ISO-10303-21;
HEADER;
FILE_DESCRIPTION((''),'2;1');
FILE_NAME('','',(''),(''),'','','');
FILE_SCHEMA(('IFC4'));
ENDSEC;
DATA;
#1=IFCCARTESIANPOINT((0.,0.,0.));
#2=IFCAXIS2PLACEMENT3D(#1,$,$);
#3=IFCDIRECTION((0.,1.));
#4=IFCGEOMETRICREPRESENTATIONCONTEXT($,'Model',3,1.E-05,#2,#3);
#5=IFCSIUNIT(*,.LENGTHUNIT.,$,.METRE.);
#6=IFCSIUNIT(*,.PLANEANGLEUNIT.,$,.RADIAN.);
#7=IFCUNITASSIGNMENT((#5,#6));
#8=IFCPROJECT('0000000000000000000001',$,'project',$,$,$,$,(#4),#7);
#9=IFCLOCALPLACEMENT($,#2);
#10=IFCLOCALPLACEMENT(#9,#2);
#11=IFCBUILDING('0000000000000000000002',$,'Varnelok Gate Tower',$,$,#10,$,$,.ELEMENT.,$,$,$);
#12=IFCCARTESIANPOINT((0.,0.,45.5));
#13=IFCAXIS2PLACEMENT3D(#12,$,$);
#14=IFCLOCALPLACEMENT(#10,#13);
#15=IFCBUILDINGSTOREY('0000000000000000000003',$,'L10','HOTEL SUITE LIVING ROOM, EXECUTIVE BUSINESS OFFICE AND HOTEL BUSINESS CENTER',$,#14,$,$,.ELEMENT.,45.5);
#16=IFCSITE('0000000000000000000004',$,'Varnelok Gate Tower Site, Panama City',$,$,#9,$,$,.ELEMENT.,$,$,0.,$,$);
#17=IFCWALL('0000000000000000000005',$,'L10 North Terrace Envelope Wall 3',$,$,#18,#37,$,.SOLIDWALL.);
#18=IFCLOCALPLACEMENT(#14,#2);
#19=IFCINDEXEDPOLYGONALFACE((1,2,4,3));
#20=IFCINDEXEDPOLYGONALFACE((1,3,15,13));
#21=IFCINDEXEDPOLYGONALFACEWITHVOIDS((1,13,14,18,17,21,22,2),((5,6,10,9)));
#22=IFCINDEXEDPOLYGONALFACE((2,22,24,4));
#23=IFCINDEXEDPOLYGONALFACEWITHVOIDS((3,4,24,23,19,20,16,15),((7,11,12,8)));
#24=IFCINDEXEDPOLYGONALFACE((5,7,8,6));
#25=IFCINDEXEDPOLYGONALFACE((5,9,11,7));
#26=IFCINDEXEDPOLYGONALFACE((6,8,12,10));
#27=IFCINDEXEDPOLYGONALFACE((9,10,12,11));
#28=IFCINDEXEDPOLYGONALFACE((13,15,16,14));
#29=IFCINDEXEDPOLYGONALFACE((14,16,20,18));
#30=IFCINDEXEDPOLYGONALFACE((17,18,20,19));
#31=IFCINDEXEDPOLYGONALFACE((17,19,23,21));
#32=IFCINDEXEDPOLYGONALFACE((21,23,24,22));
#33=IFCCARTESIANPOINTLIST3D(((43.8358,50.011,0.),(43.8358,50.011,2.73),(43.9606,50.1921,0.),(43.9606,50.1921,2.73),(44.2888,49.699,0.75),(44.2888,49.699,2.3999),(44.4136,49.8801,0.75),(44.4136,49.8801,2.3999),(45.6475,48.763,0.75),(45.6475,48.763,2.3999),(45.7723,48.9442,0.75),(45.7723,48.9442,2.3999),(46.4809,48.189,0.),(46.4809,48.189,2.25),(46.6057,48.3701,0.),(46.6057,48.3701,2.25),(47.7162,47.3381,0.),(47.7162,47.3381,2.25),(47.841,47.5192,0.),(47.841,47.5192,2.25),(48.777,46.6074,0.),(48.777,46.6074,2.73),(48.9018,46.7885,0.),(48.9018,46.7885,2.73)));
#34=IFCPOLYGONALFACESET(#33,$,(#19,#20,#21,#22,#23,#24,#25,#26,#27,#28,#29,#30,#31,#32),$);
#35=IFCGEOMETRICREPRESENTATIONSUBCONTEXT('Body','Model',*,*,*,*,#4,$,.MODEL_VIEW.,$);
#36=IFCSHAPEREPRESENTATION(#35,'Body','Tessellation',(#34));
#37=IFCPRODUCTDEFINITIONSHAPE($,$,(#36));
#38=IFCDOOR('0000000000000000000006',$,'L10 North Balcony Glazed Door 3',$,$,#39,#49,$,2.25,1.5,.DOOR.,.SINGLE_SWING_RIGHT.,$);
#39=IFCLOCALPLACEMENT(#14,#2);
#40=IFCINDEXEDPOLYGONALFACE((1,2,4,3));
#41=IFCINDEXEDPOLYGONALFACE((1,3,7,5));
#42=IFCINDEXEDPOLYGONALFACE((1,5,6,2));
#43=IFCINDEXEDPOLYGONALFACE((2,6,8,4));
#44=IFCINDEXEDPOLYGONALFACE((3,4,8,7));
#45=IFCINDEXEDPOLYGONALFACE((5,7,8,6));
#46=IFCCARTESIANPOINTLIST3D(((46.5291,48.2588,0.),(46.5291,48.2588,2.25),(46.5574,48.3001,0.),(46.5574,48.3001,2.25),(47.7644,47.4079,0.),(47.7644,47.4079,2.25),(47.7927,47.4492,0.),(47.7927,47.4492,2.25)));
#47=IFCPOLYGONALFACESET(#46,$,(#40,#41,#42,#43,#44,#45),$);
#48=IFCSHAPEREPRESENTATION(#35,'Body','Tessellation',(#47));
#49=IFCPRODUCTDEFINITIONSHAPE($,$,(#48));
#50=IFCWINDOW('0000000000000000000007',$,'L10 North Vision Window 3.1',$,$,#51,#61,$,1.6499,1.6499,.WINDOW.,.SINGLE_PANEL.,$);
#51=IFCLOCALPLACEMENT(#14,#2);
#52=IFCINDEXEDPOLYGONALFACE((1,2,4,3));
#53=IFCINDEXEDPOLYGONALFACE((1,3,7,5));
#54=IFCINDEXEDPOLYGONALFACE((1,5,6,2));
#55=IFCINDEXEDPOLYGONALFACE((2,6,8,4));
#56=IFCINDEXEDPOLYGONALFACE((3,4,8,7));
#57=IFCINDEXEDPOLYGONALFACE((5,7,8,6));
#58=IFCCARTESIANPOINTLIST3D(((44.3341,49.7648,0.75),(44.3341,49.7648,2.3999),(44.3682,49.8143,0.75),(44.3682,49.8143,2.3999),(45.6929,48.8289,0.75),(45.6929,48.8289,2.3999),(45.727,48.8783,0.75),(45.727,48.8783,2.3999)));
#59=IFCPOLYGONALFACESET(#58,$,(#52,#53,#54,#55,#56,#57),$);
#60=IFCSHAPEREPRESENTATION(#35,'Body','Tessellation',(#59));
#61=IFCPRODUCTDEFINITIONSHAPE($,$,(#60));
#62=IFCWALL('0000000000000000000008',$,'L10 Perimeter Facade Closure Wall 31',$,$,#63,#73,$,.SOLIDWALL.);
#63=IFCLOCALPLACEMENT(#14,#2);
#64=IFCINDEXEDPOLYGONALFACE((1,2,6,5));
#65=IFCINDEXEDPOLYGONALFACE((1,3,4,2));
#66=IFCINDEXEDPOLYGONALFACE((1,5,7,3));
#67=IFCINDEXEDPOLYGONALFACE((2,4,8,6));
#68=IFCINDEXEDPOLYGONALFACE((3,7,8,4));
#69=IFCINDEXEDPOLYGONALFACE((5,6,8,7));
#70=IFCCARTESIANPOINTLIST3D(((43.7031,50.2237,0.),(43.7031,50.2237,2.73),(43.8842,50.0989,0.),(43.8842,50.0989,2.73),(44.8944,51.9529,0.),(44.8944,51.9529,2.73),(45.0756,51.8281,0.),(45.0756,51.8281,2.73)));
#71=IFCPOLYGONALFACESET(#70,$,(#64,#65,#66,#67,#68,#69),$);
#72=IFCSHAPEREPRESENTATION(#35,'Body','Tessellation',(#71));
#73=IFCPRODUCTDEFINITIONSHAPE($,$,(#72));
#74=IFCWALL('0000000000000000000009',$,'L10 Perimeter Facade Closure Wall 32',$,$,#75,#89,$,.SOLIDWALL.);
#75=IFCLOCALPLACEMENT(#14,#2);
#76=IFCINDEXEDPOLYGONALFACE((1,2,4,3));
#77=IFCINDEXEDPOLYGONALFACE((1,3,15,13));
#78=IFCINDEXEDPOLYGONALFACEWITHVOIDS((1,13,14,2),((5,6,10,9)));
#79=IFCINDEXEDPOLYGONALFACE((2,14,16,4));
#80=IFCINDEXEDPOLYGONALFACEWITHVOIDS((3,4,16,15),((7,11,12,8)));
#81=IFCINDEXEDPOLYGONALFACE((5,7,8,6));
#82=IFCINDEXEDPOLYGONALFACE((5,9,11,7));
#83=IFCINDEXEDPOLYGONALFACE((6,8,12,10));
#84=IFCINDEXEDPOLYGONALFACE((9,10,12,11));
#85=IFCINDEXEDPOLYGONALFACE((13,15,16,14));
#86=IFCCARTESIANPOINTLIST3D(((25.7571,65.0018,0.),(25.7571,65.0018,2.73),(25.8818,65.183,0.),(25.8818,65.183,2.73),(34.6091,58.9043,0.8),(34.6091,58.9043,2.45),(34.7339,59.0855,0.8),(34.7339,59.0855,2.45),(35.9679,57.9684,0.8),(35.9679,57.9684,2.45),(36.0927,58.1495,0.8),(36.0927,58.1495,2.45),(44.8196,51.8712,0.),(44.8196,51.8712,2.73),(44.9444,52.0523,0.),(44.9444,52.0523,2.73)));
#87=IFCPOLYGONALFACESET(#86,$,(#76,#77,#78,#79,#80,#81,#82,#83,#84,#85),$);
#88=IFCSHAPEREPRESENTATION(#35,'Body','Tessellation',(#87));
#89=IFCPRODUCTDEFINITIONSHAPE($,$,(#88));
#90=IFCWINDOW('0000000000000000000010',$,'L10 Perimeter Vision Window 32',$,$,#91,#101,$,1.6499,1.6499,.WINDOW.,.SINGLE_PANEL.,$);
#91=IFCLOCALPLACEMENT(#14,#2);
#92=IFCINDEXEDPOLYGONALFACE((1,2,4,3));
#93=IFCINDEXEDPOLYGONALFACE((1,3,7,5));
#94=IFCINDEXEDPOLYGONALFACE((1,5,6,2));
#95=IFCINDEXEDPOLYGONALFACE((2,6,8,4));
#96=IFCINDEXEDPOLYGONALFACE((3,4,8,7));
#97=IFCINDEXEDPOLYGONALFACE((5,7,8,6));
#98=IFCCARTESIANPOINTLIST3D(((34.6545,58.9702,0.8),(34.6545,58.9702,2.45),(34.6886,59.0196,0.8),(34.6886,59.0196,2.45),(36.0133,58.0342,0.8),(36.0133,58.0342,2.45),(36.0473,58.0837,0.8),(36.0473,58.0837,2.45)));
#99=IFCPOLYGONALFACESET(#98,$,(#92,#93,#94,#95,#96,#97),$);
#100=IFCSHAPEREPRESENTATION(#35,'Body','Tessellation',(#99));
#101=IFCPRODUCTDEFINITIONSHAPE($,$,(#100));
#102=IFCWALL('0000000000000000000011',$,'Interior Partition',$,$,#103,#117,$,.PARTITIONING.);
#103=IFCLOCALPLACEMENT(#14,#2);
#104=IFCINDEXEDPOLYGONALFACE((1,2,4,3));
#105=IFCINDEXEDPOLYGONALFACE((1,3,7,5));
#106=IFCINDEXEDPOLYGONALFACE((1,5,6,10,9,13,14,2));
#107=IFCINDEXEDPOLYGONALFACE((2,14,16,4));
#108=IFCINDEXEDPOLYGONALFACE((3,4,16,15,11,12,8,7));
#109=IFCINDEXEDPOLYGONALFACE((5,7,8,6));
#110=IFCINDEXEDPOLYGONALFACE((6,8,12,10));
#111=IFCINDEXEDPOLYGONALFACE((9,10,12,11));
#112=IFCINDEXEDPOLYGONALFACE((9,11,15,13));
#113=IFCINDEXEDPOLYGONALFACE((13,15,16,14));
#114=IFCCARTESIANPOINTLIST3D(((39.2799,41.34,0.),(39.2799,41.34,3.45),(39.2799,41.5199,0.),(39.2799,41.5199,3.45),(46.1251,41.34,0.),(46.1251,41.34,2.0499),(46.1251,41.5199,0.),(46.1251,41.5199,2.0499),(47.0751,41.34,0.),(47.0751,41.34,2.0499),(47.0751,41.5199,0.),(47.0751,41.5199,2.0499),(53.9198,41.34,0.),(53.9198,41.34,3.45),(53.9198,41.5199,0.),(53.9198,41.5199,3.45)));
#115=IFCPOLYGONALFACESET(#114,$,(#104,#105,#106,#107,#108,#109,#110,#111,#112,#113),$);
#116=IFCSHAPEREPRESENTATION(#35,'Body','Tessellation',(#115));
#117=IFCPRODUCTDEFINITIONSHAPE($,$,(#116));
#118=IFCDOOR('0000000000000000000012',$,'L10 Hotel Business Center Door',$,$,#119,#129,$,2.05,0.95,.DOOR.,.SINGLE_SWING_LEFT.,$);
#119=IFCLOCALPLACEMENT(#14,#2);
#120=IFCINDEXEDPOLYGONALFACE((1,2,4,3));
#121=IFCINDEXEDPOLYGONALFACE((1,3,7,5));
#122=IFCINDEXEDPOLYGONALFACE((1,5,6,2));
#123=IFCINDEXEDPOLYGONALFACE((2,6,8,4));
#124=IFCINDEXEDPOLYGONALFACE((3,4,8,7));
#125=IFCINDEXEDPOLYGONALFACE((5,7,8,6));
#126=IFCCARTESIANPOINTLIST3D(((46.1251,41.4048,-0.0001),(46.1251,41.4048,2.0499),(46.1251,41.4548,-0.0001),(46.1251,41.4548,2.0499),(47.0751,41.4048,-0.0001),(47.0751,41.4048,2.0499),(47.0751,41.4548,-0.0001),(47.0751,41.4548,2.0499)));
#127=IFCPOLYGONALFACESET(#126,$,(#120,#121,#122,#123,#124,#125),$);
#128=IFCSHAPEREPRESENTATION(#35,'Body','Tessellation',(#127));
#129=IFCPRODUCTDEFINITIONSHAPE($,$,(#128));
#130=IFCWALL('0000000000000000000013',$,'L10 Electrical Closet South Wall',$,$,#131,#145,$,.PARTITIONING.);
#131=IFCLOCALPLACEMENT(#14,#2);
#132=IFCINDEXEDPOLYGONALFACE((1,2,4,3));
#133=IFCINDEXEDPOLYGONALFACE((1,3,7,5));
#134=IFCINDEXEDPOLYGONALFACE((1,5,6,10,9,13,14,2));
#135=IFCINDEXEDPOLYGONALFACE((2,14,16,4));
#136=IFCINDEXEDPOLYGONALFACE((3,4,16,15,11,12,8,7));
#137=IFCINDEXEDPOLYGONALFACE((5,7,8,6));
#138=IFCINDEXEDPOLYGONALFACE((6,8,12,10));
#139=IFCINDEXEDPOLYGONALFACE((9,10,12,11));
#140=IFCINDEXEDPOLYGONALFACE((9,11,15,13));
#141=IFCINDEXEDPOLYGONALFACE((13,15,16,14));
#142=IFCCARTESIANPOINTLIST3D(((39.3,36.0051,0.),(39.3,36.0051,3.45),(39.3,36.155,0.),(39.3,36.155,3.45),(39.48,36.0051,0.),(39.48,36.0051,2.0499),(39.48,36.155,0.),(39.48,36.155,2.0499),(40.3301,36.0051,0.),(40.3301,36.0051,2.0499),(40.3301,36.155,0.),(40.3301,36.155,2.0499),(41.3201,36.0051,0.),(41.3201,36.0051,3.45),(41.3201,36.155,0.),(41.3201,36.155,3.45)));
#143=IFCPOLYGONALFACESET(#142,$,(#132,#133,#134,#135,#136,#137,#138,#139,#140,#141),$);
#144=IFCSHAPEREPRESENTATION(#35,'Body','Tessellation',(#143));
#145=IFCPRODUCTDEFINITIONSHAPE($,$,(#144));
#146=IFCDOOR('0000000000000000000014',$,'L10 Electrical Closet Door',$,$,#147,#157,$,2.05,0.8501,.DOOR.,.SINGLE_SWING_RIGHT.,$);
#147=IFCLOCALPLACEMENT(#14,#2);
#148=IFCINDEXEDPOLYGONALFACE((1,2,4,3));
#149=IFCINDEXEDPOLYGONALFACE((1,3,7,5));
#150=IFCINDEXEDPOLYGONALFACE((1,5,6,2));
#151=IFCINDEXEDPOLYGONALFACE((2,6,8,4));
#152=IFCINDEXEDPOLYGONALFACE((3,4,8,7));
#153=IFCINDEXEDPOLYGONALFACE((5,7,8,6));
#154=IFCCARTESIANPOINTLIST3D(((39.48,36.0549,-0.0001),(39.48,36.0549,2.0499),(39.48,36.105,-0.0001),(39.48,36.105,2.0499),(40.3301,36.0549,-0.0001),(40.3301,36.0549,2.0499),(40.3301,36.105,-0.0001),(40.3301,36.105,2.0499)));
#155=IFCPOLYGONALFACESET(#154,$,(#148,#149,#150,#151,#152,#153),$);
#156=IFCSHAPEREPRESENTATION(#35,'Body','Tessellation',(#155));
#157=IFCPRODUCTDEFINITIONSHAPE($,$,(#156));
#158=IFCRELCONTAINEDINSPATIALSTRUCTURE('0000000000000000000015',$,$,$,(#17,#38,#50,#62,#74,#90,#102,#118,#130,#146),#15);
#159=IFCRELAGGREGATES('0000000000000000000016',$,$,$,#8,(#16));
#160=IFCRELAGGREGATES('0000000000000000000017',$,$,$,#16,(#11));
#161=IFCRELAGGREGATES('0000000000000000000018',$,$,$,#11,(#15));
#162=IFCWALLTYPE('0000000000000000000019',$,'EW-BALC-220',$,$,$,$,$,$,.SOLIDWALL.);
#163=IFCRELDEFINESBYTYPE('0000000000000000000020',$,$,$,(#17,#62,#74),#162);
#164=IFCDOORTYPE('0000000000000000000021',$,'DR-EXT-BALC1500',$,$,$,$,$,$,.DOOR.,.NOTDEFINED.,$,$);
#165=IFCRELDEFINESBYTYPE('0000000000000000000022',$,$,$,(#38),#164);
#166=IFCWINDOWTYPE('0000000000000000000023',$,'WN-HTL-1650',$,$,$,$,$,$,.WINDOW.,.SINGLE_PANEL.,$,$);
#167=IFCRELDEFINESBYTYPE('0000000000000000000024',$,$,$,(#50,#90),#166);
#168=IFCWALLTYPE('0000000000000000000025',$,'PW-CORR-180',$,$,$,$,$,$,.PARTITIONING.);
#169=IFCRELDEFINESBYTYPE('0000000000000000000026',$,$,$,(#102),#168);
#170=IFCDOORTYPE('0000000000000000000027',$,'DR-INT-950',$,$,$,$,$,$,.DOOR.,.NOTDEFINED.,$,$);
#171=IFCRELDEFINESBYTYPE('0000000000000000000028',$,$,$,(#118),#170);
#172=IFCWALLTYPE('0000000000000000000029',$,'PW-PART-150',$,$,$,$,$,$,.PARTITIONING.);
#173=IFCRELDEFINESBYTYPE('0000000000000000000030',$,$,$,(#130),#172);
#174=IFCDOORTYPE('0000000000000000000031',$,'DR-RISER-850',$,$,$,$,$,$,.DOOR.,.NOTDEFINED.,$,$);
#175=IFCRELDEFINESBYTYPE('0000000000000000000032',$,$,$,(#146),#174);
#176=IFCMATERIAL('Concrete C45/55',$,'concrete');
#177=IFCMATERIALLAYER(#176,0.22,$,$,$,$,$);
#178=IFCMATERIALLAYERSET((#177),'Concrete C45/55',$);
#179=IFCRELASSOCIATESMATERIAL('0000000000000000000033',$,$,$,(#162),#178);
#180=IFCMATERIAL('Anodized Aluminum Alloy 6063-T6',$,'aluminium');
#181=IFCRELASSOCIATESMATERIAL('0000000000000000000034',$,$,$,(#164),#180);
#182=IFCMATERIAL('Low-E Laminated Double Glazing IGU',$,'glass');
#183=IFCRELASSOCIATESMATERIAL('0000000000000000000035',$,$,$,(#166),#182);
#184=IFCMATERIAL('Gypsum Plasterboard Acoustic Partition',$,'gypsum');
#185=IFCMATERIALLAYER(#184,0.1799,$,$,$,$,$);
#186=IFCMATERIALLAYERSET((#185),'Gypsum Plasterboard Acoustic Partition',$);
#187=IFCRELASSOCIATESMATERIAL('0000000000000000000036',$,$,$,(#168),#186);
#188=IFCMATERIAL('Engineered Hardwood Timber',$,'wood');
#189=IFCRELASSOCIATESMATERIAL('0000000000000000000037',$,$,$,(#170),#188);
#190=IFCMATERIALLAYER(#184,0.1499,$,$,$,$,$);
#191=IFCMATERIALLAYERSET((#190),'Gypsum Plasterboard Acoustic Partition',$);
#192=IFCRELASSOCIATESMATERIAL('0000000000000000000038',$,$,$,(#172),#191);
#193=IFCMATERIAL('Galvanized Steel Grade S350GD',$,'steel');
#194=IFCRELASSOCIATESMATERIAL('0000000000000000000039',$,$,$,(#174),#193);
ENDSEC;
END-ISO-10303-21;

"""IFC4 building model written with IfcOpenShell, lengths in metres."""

from ifc_helpers import new_model, si_unit, direction, frame, frame_2d, origin, place, context, subcontext, project, spatial, rectangle, extrude, material, layer, layer_set, type_object, element, fill, save


model = new_model("IFC4")

# Units and contexts
model_context = context("Model", 3, precision=1e-05, world=origin(), true_north=direction((0.0, 1.0)))
body_context = subcontext(model_context, "Body", "Model", "MODEL_VIEW")
ifc_project = project(units=[si_unit("LENGTHUNIT", "METRE"), si_unit("PLANEANGLEUNIT", "RADIAN")], contexts=[model_context])

# Site, building, storey
site_placement = place(None, origin())
site = spatial("IfcSite", under=ifc_project, at=site_placement, Name="Varnelok Gate Tower Site, Panama City", CompositionType="ELEMENT", RefElevation=0.0)
building_placement = place(site_placement, origin())
building = spatial("IfcBuilding", under=site, at=building_placement, Name="Varnelok Gate Tower", CompositionType="ELEMENT")
storey_placement = place(building_placement, frame((0.0, 0.0, 45.5)))
storey = spatial("IfcBuildingStorey", under=building, at=storey_placement, Name="L10", Description="HOTEL SUITE LIVING ROOM, EXECUTIVE BUSINESS OFFICE AND HOTEL BUSINESS CENTER", CompositionType="ELEMENT", Elevation=45.5)

# Wall, openings, door, window
ifc_material_1 = material(Name="Concrete C45/55", Category="concrete")
ifc_layer_1 = layer(ifc_material_1, 0.22)
ifc_layer_set_1 = layer_set([ifc_layer_1], Name="Concrete C45/55")
wall_type_1 = type_object("IfcWallType", Name="EW-BALC-220", PredefinedType="SOLIDWALL", material=ifc_layer_set_1)
wall_1_placement = place(storey_placement, frame((43.8982, 50.1016, 0.0), z_axis=(0.0, 0.0, 1.0), x_axis=(0.823535, -0.567266, 0.0)))
wall_1 = element("IfcWall", 1, at=wall_1_placement, inside=storey, type_object=wall_type_1, Name="L10 North Terrace Envelope Wall 3", PredefinedType="SOLIDWALL", context=body_context, shape_type="SweptSolid", body=[
    extrude(rectangle(XDim=6.0, YDim=0.22, at=frame_2d((3.0, 0.0))), origin(), (0.0, 0.0, 1.0), 2.73),
])
opening_1_placement = place(wall_1_placement, frame((3.2119, 0.0, 0.0)))
opening_1 = element("IfcOpeningElement", 2, at=opening_1_placement, cuts=wall_1, PredefinedType="OPENING", context=body_context, shape_type="SweptSolid", body=[
    extrude(rectangle(XDim=1.5, YDim=2.25, at=frame_2d((0.75, 1.125))), frame((0.0, 0.1199, 0.0), z_axis=(0.0, -1.0, 0.0), x_axis=(1.0, 0.0, 0.0)), (0.0, 0.0, 1.0), 0.24),
])
opening_2_placement = place(wall_1_placement, frame((0.55, 0.0, 0.75)))
opening_2 = element("IfcOpeningElement", 3, at=opening_2_placement, cuts=wall_1, PredefinedType="OPENING", context=body_context, shape_type="SweptSolid", body=[
    extrude(rectangle(XDim=1.6499, YDim=1.6499, at=frame_2d((0.825, 0.825))), frame((0.0, 0.1199, 0.0), z_axis=(0.0, -1.0, 0.0), x_axis=(1.0, 0.0, 0.0)), (0.0, 0.0, 1.0), 0.24),
])
ifc_material_2 = material(Name="Anodized Aluminum Alloy 6063-T6", Category="aluminium")
door_type_1 = type_object("IfcDoorType", Name="DR-EXT-BALC1500", OperationType="NOTDEFINED", PredefinedType="DOOR", material=ifc_material_2)
door_1_placement = place(opening_1_placement, origin())
door_1 = element("IfcDoor", 4, at=door_1_placement, inside=storey, type_object=door_type_1, Name="L10 North Balcony Glazed Door 3", OperationType="SINGLE_SWING_RIGHT", OverallHeight=2.25, OverallWidth=1.5, PredefinedType="DOOR", context=body_context, shape_type="SweptSolid", body=[
    extrude(rectangle(XDim=1.5, YDim=2.25, at=frame_2d((0.75, 1.125))), frame((0.0, 0.0249, 0.0), z_axis=(0.0, -1.0, 0.0), x_axis=(1.0, 0.0, 0.0)), (0.0, 0.0, 1.0), 0.05),
])
fill(opening_1, door_1)
ifc_material_3 = material(Name="Low-E Laminated Double Glazing IGU", Category="glass")
window_type = type_object("IfcWindowType", Name="WN-HTL-1650", PartitioningType="SINGLE_PANEL", PredefinedType="WINDOW", material=ifc_material_3)
window_1_placement = place(opening_2_placement, origin())
window_1 = element("IfcWindow", 5, at=window_1_placement, inside=storey, type_object=window_type, Name="L10 North Vision Window 3.1", OverallHeight=1.6499, OverallWidth=1.6499, PartitioningType="SINGLE_PANEL", PredefinedType="WINDOW", context=body_context, shape_type="SweptSolid", body=[
    extrude(rectangle(XDim=1.6499, YDim=1.6499, at=frame_2d((0.825, 0.825))), frame((0.0, 0.03, 0.0), z_axis=(0.0, -1.0, 0.0), x_axis=(1.0, 0.0, 0.0)), (0.0, 0.0, 1.0), 0.0601),
])
fill(opening_2, window_1)

# Wall
wall_2_placement = place(storey_placement, frame((43.7937, 50.1614, 0.0), z_axis=(0.0, 0.0, 1.0), x_axis=(0.567353, 0.823475, 0.0)))
element("IfcWall", 6, at=wall_2_placement, inside=storey, type_object=wall_type_1, Name="L10 Perimeter Facade Closure Wall 31", PredefinedType="SOLIDWALL", context=body_context, shape_type="SweptSolid", body=[
    extrude(rectangle(XDim=2.0999, YDim=0.22, at=frame_2d((1.0498, 0.0))), origin(), (0.0, 0.0, 1.0), 2.73),
])

# Wall, opening, window
wall_3_placement = place(storey_placement, frame((44.8821, 51.9617, 0.0), z_axis=(0.0, 0.0, 1.0), x_axis=(-0.823534, 0.567266, 0.0)))
wall_3 = element("IfcWall", 7, at=wall_3_placement, inside=storey, type_object=wall_type_1, Name="L10 Perimeter Facade Closure Wall 32", PredefinedType="SOLIDWALL", context=body_context, shape_type="SweptSolid", body=[
    extrude(rectangle(XDim=23.1472, YDim=0.22, at=frame_2d((11.5737, 0.0))), origin(), (0.0, 0.0, 1.0), 2.73),
])
opening_3_placement = place(wall_3_placement, frame((10.7485, 0.0, 0.8)))
opening_3 = element("IfcOpeningElement", 8, at=opening_3_placement, cuts=wall_3, PredefinedType="OPENING", context=body_context, shape_type="SweptSolid", body=[
    extrude(rectangle(XDim=1.6499, YDim=1.6499, at=frame_2d((0.825, 0.825))), frame((0.0, 0.1199, 0.0), z_axis=(0.0, -1.0, 0.0), x_axis=(1.0, 0.0, 0.0)), (0.0, 0.0, 1.0), 0.24),
])
window_2_placement = place(opening_3_placement, origin())
window_2 = element("IfcWindow", 9, at=window_2_placement, inside=storey, type_object=window_type, Name="L10 Perimeter Vision Window 32", OverallHeight=1.6499, OverallWidth=1.6499, PartitioningType="SINGLE_PANEL", PredefinedType="WINDOW", context=body_context, shape_type="SweptSolid", body=[
    extrude(rectangle(XDim=1.6499, YDim=1.6499, at=frame_2d((0.825, 0.825))), frame((0.0, 0.03, 0.0), z_axis=(0.0, -1.0, 0.0), x_axis=(1.0, 0.0, 0.0)), (0.0, 0.0, 1.0), 0.0601),
])
fill(opening_3, window_2)

# Walls, openings, doors
ifc_material_4 = material(Name="Gypsum Plasterboard Acoustic Partition", Category="gypsum")
ifc_layer_2 = layer(ifc_material_4, 0.1799)
ifc_layer_set_2 = layer_set([ifc_layer_2], Name="Gypsum Plasterboard Acoustic Partition")
wall_type_2 = type_object("IfcWallType", Name="PW-CORR-180", PredefinedType="PARTITIONING", material=ifc_layer_set_2)
wall_4_placement = place(storey_placement, frame((39.28, 41.4299, 0.0), z_axis=(0.0, 0.0, 1.0), x_axis=(1.0, 0.0, 0.0)))
wall_4 = element("IfcWall", 10, at=wall_4_placement, inside=storey, type_object=wall_type_2, Name="Interior Partition", PredefinedType="PARTITIONING", context=body_context, shape_type="SweptSolid", body=[
    extrude(rectangle(XDim=14.6399, YDim=0.1799, at=frame_2d((7.3198, 0.0))), origin(), (0.0, 0.0, 1.0), 3.45),
])
opening_4_placement = place(wall_4_placement, frame((6.845, 0.0, 0.0)))
opening_4 = element("IfcOpeningElement", 11, at=opening_4_placement, cuts=wall_4, PredefinedType="OPENING", context=body_context, shape_type="SweptSolid", body=[
    extrude(rectangle(XDim=0.95, YDim=2.05, at=frame_2d((0.4751, 1.0249))), frame((0.0, 0.0999, 0.0), z_axis=(0.0, -1.0, 0.0), x_axis=(1.0, 0.0, 0.0)), (0.0, 0.0, 1.0), 0.2),
])
ifc_material_5 = material(Name="Engineered Hardwood Timber", Category="wood")
door_type_2 = type_object("IfcDoorType", Name="DR-INT-950", OperationType="NOTDEFINED", PredefinedType="DOOR", material=ifc_material_5)
door_2_placement = place(opening_4_placement, origin())
door_2 = element("IfcDoor", 12, at=door_2_placement, inside=storey, type_object=door_type_2, Name="L10 Hotel Business Center Door", OperationType="SINGLE_SWING_LEFT", OverallHeight=2.05, OverallWidth=0.95, PredefinedType="DOOR", context=body_context, shape_type="SweptSolid", body=[
    extrude(rectangle(XDim=0.95, YDim=2.05, at=frame_2d((0.4751, 1.0249))), frame((0.0, 0.0249, 0.0), z_axis=(0.0, -1.0, 0.0), x_axis=(1.0, 0.0, 0.0)), (0.0, 0.0, 1.0), 0.05),
])
fill(opening_4, door_2)
ifc_layer_3 = layer(ifc_material_4, 0.1499)
ifc_layer_set_3 = layer_set([ifc_layer_3], Name="Gypsum Plasterboard Acoustic Partition")
wall_type_3 = type_object("IfcWallType", Name="PW-PART-150", PredefinedType="PARTITIONING", material=ifc_layer_set_3)
wall_5_placement = place(storey_placement, frame((39.3, 36.0801, 0.0), z_axis=(0.0, 0.0, 1.0), x_axis=(1.0, 0.0, 0.0)))
wall_5 = element("IfcWall", 13, at=wall_5_placement, inside=storey, type_object=wall_type_3, Name="L10 Electrical Closet South Wall", PredefinedType="PARTITIONING", context=body_context, shape_type="SweptSolid", body=[
    extrude(rectangle(XDim=2.02, YDim=0.1499, at=frame_2d((1.01, 0.0))), origin(), (0.0, 0.0, 1.0), 3.45),
])
opening_5_placement = place(wall_5_placement, frame((0.1799, 0.0, 0.0)))
opening_5 = element("IfcOpeningElement", 14, at=opening_5_placement, cuts=wall_5, PredefinedType="OPENING", context=body_context, shape_type="SweptSolid", body=[
    extrude(rectangle(XDim=0.8501, YDim=2.05, at=frame_2d((0.425, 1.0249))), frame((0.0, 0.085, 0.0), z_axis=(0.0, -1.0, 0.0), x_axis=(1.0, 0.0, 0.0)), (0.0, 0.0, 1.0), 0.1699),
])
ifc_material_6 = material(Name="Galvanized Steel Grade S350GD", Category="steel")
door_type_3 = type_object("IfcDoorType", Name="DR-RISER-850", OperationType="NOTDEFINED", PredefinedType="DOOR", material=ifc_material_6)
door_3_placement = place(opening_5_placement, origin())
door_3 = element("IfcDoor", 15, at=door_3_placement, inside=storey, type_object=door_type_3, Name="L10 Electrical Closet Door", OperationType="SINGLE_SWING_RIGHT", OverallHeight=2.05, OverallWidth=0.8501, PredefinedType="DOOR", context=body_context, shape_type="SweptSolid", body=[
    extrude(rectangle(XDim=0.8501, YDim=2.05, at=frame_2d((0.425, 1.0249))), frame((0.0, 0.0249, 0.0), z_axis=(0.0, -1.0, 0.0), x_axis=(1.0, 0.0, 0.0)), (0.0, 0.0, 1.0), 0.05),
])
fill(opening_5, door_3)

save(model, "model.ifc")
